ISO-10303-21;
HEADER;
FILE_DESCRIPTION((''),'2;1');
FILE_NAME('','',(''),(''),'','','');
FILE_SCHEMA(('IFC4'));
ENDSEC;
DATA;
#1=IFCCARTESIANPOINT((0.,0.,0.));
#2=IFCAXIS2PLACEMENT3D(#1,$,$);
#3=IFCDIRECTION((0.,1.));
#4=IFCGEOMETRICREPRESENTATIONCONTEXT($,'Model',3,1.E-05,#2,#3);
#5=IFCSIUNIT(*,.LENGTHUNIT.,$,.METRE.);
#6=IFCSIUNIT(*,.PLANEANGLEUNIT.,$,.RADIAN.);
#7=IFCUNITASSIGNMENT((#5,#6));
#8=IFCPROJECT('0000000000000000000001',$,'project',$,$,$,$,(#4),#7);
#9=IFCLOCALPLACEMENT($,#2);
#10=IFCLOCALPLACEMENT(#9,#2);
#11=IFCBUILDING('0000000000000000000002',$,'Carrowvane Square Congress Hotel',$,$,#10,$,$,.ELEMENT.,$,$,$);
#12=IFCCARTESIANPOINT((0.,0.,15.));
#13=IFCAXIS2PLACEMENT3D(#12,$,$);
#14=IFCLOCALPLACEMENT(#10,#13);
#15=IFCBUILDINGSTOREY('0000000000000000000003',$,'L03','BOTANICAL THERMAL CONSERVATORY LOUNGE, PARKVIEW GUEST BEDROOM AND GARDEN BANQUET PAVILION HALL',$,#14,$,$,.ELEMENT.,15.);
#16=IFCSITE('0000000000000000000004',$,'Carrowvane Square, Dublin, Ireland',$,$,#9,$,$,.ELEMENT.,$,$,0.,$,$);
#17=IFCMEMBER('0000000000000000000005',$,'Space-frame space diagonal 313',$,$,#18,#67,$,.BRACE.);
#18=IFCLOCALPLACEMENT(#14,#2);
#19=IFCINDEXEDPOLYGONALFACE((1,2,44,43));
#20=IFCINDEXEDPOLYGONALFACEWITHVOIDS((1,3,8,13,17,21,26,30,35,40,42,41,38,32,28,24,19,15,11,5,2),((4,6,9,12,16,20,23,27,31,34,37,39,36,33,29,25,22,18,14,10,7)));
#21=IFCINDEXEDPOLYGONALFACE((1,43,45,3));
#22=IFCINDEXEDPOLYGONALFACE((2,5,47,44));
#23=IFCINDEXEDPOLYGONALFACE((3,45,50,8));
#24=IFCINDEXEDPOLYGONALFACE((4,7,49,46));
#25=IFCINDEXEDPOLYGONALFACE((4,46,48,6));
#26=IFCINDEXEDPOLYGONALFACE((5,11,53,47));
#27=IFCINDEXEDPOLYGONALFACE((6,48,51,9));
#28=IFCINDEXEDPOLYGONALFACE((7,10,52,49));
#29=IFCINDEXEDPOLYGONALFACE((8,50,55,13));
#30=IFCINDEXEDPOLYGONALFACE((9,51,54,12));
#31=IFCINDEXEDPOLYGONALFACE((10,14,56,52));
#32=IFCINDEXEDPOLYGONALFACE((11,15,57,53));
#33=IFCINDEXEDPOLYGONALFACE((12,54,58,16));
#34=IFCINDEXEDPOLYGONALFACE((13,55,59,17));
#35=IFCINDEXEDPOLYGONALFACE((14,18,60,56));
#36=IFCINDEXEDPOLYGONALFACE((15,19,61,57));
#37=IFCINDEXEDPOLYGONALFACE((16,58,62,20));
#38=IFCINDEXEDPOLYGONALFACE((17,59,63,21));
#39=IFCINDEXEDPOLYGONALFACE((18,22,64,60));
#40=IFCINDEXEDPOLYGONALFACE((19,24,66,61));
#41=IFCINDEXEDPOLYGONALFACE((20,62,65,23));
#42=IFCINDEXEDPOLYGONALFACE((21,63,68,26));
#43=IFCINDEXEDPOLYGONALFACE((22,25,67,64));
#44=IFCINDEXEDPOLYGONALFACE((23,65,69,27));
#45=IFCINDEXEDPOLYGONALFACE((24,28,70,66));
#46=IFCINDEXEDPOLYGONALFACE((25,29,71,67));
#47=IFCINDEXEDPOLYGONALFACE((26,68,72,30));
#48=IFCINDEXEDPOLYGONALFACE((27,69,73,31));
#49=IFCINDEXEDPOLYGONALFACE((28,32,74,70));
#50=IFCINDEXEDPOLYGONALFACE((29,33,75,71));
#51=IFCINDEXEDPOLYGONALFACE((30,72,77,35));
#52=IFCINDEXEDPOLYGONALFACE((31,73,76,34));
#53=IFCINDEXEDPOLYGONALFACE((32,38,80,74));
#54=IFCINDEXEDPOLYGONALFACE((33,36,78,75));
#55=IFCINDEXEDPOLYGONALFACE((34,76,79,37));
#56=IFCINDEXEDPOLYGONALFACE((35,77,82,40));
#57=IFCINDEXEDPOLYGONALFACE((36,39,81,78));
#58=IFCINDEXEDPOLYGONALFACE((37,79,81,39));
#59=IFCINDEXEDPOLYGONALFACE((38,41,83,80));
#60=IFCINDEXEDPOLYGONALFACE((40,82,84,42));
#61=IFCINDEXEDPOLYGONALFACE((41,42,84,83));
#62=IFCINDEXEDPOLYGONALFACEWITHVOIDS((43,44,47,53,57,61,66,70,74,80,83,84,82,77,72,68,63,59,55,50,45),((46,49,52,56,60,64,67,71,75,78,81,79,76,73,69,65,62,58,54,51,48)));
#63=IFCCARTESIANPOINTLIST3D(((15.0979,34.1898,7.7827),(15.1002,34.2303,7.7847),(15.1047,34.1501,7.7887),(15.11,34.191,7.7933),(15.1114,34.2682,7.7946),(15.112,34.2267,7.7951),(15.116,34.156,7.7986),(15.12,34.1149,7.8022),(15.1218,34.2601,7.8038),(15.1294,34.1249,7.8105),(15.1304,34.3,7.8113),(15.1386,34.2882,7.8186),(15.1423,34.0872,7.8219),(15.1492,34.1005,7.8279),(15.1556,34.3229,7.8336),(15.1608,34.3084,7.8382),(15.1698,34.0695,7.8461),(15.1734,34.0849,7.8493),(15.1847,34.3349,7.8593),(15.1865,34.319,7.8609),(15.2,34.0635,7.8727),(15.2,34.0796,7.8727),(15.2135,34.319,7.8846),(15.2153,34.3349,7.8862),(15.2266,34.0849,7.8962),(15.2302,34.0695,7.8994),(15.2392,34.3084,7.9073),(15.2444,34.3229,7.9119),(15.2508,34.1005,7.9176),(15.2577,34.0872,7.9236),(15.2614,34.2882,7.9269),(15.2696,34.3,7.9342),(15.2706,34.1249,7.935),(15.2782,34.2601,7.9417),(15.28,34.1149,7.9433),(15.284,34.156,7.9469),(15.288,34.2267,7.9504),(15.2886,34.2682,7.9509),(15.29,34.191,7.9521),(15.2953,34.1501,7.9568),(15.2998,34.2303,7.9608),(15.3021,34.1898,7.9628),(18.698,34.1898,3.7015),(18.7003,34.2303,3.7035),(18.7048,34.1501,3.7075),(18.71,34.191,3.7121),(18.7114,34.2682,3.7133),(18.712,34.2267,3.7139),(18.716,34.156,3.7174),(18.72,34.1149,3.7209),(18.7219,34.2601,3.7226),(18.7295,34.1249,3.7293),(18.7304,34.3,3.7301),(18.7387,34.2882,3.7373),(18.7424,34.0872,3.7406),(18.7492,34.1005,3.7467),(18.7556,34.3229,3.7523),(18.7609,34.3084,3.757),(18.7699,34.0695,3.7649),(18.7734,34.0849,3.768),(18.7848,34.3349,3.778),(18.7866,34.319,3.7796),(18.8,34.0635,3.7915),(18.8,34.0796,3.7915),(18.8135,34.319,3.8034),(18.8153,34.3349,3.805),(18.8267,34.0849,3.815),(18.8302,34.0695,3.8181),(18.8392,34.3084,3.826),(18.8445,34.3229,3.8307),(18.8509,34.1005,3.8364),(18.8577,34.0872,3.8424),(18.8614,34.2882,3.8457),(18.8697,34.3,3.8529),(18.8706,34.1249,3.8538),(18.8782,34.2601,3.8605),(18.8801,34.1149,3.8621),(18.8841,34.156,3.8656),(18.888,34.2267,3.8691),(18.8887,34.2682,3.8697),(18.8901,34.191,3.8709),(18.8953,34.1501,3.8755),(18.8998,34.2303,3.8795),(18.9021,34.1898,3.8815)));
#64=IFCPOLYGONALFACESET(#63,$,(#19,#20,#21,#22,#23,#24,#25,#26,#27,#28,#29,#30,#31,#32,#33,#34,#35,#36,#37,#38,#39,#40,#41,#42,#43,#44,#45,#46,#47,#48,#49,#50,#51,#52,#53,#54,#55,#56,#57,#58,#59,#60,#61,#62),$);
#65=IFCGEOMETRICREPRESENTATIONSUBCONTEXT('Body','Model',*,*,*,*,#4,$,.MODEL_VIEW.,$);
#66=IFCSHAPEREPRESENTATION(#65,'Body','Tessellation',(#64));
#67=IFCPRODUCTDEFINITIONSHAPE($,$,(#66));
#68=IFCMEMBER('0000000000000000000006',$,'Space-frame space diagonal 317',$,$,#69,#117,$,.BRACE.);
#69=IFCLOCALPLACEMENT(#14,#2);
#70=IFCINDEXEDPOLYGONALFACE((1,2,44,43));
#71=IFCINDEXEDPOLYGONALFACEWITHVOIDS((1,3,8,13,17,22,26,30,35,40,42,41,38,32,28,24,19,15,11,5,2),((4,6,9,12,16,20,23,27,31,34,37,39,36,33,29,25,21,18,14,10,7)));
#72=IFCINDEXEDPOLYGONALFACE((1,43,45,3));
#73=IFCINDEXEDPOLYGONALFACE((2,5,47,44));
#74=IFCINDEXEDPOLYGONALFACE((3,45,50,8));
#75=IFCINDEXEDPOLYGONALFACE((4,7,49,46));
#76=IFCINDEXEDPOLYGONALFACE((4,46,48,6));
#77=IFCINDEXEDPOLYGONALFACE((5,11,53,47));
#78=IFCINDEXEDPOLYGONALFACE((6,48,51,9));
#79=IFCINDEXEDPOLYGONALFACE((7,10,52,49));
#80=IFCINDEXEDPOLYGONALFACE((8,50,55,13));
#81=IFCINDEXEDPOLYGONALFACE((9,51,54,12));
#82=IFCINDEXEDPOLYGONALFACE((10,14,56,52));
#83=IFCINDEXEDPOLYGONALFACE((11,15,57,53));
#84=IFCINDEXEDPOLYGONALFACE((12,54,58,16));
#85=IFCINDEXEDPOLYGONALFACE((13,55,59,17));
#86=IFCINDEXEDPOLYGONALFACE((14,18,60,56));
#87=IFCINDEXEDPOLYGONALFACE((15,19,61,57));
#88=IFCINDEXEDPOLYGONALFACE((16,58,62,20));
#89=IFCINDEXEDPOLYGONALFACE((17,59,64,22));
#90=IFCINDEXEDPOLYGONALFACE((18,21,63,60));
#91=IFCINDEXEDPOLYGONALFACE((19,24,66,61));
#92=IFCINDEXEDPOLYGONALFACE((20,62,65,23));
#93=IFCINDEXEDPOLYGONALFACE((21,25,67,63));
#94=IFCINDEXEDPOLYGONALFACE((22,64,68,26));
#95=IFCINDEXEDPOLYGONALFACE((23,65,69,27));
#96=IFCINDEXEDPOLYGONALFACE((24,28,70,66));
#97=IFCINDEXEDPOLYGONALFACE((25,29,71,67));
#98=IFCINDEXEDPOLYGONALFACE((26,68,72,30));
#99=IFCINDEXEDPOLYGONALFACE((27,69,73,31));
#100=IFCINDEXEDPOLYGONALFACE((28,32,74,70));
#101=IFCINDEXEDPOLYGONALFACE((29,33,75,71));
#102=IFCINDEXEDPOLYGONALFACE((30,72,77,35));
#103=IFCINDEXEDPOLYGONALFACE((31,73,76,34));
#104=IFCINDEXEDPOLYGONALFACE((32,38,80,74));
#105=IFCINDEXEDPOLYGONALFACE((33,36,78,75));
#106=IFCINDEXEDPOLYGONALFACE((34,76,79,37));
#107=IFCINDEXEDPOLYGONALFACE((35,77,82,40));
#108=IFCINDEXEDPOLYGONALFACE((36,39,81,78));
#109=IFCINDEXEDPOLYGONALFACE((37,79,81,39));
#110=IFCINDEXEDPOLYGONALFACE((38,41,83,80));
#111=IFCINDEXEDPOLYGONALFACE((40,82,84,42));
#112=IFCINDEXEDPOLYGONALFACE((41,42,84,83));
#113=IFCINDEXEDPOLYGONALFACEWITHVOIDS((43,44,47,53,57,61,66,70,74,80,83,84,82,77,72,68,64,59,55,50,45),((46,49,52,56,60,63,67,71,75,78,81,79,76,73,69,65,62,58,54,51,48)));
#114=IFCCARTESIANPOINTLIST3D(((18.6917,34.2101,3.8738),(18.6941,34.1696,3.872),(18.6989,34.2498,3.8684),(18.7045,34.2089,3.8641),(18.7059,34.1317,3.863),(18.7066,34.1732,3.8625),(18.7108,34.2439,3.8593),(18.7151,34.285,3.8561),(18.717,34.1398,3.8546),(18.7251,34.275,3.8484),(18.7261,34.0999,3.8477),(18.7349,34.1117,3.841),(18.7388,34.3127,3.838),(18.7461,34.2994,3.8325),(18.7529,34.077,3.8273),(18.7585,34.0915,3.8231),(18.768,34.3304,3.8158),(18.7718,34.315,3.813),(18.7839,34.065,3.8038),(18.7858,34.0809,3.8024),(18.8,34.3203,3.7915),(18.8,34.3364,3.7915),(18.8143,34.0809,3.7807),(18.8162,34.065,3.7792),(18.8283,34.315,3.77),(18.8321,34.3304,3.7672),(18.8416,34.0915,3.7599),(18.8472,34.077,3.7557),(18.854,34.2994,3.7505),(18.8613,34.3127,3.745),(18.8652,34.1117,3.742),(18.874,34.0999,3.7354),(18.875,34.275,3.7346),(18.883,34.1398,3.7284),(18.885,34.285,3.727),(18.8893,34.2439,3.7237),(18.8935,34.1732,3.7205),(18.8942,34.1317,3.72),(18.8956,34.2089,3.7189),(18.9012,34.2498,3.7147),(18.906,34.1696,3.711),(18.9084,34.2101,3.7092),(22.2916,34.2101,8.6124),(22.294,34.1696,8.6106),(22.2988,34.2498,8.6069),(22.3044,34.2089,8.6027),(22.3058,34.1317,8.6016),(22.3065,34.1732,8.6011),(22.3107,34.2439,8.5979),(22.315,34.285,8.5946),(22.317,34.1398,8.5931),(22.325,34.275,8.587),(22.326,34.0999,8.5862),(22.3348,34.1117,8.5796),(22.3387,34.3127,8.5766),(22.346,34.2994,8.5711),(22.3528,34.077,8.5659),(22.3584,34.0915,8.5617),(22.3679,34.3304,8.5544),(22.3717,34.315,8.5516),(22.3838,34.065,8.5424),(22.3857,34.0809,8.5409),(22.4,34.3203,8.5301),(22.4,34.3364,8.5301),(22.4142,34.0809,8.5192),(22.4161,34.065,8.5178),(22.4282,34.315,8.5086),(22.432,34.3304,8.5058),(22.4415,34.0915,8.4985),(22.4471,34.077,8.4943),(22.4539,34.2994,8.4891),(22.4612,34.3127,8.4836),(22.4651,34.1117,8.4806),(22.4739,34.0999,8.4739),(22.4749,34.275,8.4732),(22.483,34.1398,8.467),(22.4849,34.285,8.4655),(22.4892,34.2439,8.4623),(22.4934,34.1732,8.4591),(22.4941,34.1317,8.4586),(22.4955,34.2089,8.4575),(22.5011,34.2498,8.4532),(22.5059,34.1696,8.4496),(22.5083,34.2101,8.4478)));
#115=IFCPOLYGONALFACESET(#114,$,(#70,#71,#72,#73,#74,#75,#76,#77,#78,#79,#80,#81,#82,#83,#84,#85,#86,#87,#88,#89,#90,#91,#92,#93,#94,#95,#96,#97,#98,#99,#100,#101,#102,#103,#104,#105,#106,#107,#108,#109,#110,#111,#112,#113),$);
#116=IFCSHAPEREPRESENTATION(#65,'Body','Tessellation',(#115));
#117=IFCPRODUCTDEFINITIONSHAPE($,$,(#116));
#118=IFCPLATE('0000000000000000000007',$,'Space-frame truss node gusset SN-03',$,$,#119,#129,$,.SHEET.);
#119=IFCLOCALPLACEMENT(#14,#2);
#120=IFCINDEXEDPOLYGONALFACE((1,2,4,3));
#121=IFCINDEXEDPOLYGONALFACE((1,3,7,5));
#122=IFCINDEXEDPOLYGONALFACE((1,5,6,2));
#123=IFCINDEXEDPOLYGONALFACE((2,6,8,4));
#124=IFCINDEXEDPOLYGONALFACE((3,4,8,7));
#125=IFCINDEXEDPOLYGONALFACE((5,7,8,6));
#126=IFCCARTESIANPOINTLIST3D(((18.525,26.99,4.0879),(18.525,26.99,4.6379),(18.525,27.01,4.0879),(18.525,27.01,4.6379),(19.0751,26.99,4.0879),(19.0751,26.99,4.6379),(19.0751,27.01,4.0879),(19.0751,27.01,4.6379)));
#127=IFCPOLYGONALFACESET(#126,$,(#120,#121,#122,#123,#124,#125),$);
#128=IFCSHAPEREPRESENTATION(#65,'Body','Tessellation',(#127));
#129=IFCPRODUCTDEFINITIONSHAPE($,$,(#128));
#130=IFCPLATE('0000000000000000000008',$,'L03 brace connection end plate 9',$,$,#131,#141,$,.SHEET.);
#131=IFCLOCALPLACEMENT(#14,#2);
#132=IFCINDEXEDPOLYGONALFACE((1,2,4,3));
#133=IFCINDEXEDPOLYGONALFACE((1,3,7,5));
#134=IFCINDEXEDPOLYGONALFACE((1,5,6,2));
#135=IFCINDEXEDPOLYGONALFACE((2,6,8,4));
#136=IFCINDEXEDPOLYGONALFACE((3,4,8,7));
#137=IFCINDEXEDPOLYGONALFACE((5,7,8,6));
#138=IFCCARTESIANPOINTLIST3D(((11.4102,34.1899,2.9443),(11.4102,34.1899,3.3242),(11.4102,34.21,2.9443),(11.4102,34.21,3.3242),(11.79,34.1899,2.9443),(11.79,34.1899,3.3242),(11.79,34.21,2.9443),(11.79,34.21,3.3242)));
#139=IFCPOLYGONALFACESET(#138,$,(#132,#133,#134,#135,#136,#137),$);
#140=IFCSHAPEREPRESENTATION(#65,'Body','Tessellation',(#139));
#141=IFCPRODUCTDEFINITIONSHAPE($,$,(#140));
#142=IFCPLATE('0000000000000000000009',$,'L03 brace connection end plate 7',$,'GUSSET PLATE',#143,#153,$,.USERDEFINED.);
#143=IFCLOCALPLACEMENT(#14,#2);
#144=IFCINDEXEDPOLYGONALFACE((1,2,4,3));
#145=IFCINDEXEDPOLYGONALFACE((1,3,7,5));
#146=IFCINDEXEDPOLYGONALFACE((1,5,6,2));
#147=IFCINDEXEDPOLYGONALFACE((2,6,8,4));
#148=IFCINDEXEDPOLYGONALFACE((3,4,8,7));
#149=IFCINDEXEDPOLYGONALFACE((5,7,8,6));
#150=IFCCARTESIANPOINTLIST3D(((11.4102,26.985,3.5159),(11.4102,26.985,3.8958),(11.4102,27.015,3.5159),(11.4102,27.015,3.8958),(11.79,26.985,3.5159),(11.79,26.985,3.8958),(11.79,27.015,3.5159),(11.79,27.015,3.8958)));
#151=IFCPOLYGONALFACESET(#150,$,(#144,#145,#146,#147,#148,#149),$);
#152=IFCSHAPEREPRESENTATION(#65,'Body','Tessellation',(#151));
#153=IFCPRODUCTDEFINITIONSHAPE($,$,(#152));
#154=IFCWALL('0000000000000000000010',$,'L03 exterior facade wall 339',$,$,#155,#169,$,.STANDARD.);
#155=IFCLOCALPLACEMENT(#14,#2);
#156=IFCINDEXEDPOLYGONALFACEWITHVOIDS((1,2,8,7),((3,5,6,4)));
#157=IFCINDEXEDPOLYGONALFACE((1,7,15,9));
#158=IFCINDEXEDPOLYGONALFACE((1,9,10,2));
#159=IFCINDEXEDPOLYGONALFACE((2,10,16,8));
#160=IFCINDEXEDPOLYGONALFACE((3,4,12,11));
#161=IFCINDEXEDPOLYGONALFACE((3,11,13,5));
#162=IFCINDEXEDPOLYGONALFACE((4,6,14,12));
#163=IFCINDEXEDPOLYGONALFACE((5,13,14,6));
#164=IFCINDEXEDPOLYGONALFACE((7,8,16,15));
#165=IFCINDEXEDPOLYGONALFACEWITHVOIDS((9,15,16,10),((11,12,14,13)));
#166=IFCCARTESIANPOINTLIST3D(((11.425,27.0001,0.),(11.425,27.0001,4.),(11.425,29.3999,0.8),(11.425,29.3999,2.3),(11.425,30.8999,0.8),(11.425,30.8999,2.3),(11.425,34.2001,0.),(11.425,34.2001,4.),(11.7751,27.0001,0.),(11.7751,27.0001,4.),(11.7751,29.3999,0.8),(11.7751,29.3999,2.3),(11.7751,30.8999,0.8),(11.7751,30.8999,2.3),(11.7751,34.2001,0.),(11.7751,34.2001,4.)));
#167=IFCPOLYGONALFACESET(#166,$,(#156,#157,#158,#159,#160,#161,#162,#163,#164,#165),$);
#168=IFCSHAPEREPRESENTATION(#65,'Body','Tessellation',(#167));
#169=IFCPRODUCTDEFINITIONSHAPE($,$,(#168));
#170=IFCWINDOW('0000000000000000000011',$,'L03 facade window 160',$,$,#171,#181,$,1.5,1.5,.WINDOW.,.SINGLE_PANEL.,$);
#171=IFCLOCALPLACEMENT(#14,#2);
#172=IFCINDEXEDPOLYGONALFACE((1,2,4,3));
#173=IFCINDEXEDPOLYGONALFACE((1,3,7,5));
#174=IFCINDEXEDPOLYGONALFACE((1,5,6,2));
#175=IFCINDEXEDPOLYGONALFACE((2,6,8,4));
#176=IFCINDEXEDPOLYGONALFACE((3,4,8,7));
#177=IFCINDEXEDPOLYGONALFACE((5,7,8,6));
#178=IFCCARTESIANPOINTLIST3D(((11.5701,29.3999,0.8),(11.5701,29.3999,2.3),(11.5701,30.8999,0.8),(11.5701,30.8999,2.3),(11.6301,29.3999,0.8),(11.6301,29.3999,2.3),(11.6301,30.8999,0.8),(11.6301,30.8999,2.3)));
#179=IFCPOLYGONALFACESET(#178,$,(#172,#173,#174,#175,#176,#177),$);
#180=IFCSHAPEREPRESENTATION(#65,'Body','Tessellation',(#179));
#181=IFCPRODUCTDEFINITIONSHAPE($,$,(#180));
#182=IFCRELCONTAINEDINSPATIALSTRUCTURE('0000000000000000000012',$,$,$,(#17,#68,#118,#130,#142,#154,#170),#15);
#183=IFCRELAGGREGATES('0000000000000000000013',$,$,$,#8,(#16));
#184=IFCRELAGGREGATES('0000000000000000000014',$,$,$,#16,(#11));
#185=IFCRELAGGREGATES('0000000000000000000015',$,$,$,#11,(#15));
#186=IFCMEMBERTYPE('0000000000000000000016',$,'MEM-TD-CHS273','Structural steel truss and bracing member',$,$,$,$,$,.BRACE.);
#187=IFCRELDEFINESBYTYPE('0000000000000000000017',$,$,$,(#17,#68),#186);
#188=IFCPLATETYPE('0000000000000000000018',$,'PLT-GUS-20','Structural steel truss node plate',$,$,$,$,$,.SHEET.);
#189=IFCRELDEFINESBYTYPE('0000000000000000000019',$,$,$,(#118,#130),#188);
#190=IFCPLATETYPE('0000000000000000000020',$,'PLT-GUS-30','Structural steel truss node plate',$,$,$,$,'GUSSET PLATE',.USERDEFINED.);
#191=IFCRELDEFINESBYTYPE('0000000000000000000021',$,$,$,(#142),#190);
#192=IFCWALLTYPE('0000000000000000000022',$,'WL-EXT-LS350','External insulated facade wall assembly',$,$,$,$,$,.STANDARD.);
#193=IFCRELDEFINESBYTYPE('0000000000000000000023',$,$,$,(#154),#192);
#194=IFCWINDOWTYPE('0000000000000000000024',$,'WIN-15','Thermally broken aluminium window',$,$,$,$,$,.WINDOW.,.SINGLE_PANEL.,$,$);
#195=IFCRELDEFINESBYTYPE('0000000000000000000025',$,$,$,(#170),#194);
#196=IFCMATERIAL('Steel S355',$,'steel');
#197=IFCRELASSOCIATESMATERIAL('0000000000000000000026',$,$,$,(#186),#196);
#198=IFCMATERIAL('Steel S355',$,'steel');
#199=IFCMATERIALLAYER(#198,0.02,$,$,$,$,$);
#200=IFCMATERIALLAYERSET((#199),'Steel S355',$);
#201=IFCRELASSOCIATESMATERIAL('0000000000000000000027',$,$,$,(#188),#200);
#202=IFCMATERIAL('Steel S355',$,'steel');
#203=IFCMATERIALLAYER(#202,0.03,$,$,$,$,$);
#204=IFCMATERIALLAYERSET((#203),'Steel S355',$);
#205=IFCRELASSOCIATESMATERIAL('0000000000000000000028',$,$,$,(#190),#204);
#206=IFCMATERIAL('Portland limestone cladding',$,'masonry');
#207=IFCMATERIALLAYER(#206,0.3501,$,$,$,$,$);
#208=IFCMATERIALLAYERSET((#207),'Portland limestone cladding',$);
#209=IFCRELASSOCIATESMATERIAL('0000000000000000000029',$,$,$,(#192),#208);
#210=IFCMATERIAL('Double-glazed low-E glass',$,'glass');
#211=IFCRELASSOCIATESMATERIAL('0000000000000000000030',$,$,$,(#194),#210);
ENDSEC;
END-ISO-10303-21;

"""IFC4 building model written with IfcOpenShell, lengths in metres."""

from ifc_helpers import new_model, si_unit, direction, frame, frame_2d, origin, origin_2d, place, context, subcontext, project, spatial, rectangle, hollow_circle, extrude, material, layer, layer_set, material_profile, profile_set, type_object, element, fill, save


model = new_model("IFC4")

# Units and contexts
model_context = context("Model", 3, precision=1e-05, world=origin(), true_north=direction((0.0, 1.0)))
body_context = subcontext(model_context, "Body", "Model", "MODEL_VIEW")
ifc_project = project(units=[si_unit("LENGTHUNIT", "METRE"), si_unit("PLANEANGLEUNIT", "RADIAN")], contexts=[model_context])

# Site, building, storey
site_placement = place(None, origin())
site = spatial("IfcSite", under=ifc_project, at=site_placement, Name="Carrowvane Square, Dublin, Ireland", CompositionType="ELEMENT", RefElevation=0.0)
building_placement = place(site_placement, origin())
building = spatial("IfcBuilding", under=site, at=building_placement, Name="Carrowvane Square Congress Hotel", CompositionType="ELEMENT")
storey_placement = place(building_placement, frame((0.0, 0.0, 15.0)))
storey = spatial("IfcBuildingStorey", under=building, at=storey_placement, Name="L03", Description="BOTANICAL THERMAL CONSERVATORY LOUNGE, PARKVIEW GUEST BEDROOM AND GARDEN BANQUET PAVILION HALL", CompositionType="ELEMENT", Elevation=15.0)

# Members
ifc_material_1 = material(Name="Steel S355", Category="steel")
ifc_material_profile_1 = material_profile(ifc_material_1, hollow_circle(Radius=0.1365, WallThickness=0.0161, at=origin_2d()), Name="CHS 273.0x16")
ifc_profile_set_1 = profile_set([ifc_material_profile_1], Name="Steel S355")
member_type_1 = type_object("IfcMemberType", Name="MEM-TD-CHS273", Description="Structural steel truss and bracing member", PredefinedType="BRACE", material=ifc_profile_set_1)
member_1_placement = place(storey_placement, frame((18.8, 34.2, 3.7915), z_axis=(-0.661513, 0.0, 0.749933), x_axis=(0.0, -1.0, 0.0)))
element("IfcMember", 1, at=member_1_placement, inside=storey, type_object=member_type_1, Name="Space-frame space diagonal 313", PredefinedType="BRACE", context=body_context, shape_type="SweptSolid", body=[
    extrude(hollow_circle(Radius=0.1365, WallThickness=0.0161, at=origin_2d()), origin(), (0.0, 0.0, 1.0), 5.4421),
])
member_2_placement = place(storey_placement, frame((18.8, 34.2, 3.7915), z_axis=(0.604931, 0.0, 0.796278), x_axis=(0.0, 1.0, 0.0)))
element("IfcMember", 2, at=member_2_placement, inside=storey, type_object=member_type_1, Name="Space-frame space diagonal 317", PredefinedType="BRACE", context=body_context, shape_type="SweptSolid", body=[
    extrude(hollow_circle(Radius=0.1365, WallThickness=0.0161, at=origin_2d()), origin(), (0.0, 0.0, 1.0), 5.9509),
])

# Plates
ifc_material_2 = material(Name="Steel S355", Category="steel")
ifc_layer_1 = layer(ifc_material_2, 0.02)
ifc_layer_set_1 = layer_set([ifc_layer_1], Name="Steel S355")
plate_type_1 = type_object("IfcPlateType", Name="PLT-GUS-20", Description="Structural steel truss node plate", PredefinedType="SHEET", material=ifc_layer_set_1)
plate_1_placement = place(storey_placement, frame((18.8, 27.0, 4.0879), z_axis=(0.0, 0.0, 1.0), x_axis=(1.0, 0.0, 0.0)))
element("IfcPlate", 3, at=plate_1_placement, inside=storey, type_object=plate_type_1, Name="Space-frame truss node gusset SN-03", PredefinedType="SHEET", context=body_context, shape_type="SweptSolid", body=[
    extrude(rectangle(XDim=0.55, YDim=0.02, at=origin_2d()), origin(), (0.0, 0.0, 1.0), 0.55),
])
plate_2_placement = place(storey_placement, frame((11.6001, 34.2, 2.9443), z_axis=(0.0, 0.0, 1.0), x_axis=(1.0, 0.0, 0.0)))
element("IfcPlate", 4, at=plate_2_placement, inside=storey, type_object=plate_type_1, Name="L03 brace connection end plate 9", PredefinedType="SHEET", context=body_context, shape_type="SweptSolid", body=[
    extrude(rectangle(XDim=0.3799, YDim=0.02, at=origin_2d()), origin(), (0.0, 0.0, 1.0), 0.3799),
])
ifc_material_3 = material(Name="Steel S355", Category="steel")
ifc_layer_2 = layer(ifc_material_3, 0.03)
ifc_layer_set_2 = layer_set([ifc_layer_2], Name="Steel S355")
plate_type_2 = type_object("IfcPlateType", Name="PLT-GUS-30", Description="Structural steel truss node plate", ElementType="GUSSET PLATE", PredefinedType="USERDEFINED", material=ifc_layer_set_2)
plate_3_placement = place(storey_placement, frame((11.6001, 27.0, 3.5159), z_axis=(0.0, 0.0, 1.0), x_axis=(1.0, 0.0, 0.0)))
element("IfcPlate", 5, at=plate_3_placement, inside=storey, type_object=plate_type_2, Name="L03 brace connection end plate 7", ObjectType="GUSSET PLATE", PredefinedType="USERDEFINED", context=body_context, shape_type="SweptSolid", body=[
    extrude(rectangle(XDim=0.3799, YDim=0.03, at=origin_2d()), origin(), (0.0, 0.0, 1.0), 0.3799),
])

# Wall, opening, window
ifc_material_4 = material(Name="Portland limestone cladding", Category="masonry")
ifc_layer_3 = layer(ifc_material_4, 0.3501)
ifc_layer_set_3 = layer_set([ifc_layer_3], Name="Portland limestone cladding")
wall_type = type_object("IfcWallType", Name="WL-EXT-LS350", Description="External insulated facade wall assembly", PredefinedType="STANDARD", material=ifc_layer_set_3)
wall_1_placement = place(storey_placement, frame((11.6001, 27.0, 0.0), z_axis=(0.0, 0.0, 1.0), x_axis=(0.0, 1.0, 0.0)))
wall_1 = element("IfcWall", 6, at=wall_1_placement, inside=storey, type_object=wall_type, Name="L03 exterior facade wall 339", PredefinedType="STANDARD", context=body_context, shape_type="SweptSolid", body=[
    extrude(rectangle(XDim=7.2, YDim=0.3501, at=frame_2d((3.6001, 0.0))), origin(), (0.0, 0.0, 1.0), 4.0),
])
opening_1_placement = place(wall_1_placement, frame((2.3999, 0.0, 0.8)))
opening_1 = element("IfcOpeningElement", 7, at=opening_1_placement, cuts=wall_1, PredefinedType="OPENING", context=body_context, shape_type="SweptSolid", body=[
    extrude(rectangle(XDim=1.5, YDim=1.5, at=frame_2d((0.75, 0.75))), frame((0.0, 0.1851, 0.0), z_axis=(0.0, -1.0, 0.0), x_axis=(1.0, 0.0, 0.0)), (0.0, 0.0, 1.0), 0.3701),
])
ifc_material_5 = material(Name="Double-glazed low-E glass", Category="glass")
window_type = type_object("IfcWindowType", Name="WIN-15", Description="Thermally broken aluminium window", PartitioningType="SINGLE_PANEL", PredefinedType="WINDOW", material=ifc_material_5)
window_1_placement = place(opening_1_placement, origin())
window_1 = element("IfcWindow", 8, at=window_1_placement, inside=storey, type_object=window_type, Name="L03 facade window 160", OverallHeight=1.5, OverallWidth=1.5, PartitioningType="SINGLE_PANEL", PredefinedType="WINDOW", context=body_context, shape_type="SweptSolid", body=[
    extrude(rectangle(XDim=1.5, YDim=1.5, at=frame_2d((0.75, 0.75))), frame((0.0, 0.03, 0.0), z_axis=(0.0, -1.0, 0.0), x_axis=(1.0, 0.0, 0.0)), (0.0, 0.0, 1.0), 0.0601),
])
fill(opening_1, window_1)

save(model, "model.ifc")
